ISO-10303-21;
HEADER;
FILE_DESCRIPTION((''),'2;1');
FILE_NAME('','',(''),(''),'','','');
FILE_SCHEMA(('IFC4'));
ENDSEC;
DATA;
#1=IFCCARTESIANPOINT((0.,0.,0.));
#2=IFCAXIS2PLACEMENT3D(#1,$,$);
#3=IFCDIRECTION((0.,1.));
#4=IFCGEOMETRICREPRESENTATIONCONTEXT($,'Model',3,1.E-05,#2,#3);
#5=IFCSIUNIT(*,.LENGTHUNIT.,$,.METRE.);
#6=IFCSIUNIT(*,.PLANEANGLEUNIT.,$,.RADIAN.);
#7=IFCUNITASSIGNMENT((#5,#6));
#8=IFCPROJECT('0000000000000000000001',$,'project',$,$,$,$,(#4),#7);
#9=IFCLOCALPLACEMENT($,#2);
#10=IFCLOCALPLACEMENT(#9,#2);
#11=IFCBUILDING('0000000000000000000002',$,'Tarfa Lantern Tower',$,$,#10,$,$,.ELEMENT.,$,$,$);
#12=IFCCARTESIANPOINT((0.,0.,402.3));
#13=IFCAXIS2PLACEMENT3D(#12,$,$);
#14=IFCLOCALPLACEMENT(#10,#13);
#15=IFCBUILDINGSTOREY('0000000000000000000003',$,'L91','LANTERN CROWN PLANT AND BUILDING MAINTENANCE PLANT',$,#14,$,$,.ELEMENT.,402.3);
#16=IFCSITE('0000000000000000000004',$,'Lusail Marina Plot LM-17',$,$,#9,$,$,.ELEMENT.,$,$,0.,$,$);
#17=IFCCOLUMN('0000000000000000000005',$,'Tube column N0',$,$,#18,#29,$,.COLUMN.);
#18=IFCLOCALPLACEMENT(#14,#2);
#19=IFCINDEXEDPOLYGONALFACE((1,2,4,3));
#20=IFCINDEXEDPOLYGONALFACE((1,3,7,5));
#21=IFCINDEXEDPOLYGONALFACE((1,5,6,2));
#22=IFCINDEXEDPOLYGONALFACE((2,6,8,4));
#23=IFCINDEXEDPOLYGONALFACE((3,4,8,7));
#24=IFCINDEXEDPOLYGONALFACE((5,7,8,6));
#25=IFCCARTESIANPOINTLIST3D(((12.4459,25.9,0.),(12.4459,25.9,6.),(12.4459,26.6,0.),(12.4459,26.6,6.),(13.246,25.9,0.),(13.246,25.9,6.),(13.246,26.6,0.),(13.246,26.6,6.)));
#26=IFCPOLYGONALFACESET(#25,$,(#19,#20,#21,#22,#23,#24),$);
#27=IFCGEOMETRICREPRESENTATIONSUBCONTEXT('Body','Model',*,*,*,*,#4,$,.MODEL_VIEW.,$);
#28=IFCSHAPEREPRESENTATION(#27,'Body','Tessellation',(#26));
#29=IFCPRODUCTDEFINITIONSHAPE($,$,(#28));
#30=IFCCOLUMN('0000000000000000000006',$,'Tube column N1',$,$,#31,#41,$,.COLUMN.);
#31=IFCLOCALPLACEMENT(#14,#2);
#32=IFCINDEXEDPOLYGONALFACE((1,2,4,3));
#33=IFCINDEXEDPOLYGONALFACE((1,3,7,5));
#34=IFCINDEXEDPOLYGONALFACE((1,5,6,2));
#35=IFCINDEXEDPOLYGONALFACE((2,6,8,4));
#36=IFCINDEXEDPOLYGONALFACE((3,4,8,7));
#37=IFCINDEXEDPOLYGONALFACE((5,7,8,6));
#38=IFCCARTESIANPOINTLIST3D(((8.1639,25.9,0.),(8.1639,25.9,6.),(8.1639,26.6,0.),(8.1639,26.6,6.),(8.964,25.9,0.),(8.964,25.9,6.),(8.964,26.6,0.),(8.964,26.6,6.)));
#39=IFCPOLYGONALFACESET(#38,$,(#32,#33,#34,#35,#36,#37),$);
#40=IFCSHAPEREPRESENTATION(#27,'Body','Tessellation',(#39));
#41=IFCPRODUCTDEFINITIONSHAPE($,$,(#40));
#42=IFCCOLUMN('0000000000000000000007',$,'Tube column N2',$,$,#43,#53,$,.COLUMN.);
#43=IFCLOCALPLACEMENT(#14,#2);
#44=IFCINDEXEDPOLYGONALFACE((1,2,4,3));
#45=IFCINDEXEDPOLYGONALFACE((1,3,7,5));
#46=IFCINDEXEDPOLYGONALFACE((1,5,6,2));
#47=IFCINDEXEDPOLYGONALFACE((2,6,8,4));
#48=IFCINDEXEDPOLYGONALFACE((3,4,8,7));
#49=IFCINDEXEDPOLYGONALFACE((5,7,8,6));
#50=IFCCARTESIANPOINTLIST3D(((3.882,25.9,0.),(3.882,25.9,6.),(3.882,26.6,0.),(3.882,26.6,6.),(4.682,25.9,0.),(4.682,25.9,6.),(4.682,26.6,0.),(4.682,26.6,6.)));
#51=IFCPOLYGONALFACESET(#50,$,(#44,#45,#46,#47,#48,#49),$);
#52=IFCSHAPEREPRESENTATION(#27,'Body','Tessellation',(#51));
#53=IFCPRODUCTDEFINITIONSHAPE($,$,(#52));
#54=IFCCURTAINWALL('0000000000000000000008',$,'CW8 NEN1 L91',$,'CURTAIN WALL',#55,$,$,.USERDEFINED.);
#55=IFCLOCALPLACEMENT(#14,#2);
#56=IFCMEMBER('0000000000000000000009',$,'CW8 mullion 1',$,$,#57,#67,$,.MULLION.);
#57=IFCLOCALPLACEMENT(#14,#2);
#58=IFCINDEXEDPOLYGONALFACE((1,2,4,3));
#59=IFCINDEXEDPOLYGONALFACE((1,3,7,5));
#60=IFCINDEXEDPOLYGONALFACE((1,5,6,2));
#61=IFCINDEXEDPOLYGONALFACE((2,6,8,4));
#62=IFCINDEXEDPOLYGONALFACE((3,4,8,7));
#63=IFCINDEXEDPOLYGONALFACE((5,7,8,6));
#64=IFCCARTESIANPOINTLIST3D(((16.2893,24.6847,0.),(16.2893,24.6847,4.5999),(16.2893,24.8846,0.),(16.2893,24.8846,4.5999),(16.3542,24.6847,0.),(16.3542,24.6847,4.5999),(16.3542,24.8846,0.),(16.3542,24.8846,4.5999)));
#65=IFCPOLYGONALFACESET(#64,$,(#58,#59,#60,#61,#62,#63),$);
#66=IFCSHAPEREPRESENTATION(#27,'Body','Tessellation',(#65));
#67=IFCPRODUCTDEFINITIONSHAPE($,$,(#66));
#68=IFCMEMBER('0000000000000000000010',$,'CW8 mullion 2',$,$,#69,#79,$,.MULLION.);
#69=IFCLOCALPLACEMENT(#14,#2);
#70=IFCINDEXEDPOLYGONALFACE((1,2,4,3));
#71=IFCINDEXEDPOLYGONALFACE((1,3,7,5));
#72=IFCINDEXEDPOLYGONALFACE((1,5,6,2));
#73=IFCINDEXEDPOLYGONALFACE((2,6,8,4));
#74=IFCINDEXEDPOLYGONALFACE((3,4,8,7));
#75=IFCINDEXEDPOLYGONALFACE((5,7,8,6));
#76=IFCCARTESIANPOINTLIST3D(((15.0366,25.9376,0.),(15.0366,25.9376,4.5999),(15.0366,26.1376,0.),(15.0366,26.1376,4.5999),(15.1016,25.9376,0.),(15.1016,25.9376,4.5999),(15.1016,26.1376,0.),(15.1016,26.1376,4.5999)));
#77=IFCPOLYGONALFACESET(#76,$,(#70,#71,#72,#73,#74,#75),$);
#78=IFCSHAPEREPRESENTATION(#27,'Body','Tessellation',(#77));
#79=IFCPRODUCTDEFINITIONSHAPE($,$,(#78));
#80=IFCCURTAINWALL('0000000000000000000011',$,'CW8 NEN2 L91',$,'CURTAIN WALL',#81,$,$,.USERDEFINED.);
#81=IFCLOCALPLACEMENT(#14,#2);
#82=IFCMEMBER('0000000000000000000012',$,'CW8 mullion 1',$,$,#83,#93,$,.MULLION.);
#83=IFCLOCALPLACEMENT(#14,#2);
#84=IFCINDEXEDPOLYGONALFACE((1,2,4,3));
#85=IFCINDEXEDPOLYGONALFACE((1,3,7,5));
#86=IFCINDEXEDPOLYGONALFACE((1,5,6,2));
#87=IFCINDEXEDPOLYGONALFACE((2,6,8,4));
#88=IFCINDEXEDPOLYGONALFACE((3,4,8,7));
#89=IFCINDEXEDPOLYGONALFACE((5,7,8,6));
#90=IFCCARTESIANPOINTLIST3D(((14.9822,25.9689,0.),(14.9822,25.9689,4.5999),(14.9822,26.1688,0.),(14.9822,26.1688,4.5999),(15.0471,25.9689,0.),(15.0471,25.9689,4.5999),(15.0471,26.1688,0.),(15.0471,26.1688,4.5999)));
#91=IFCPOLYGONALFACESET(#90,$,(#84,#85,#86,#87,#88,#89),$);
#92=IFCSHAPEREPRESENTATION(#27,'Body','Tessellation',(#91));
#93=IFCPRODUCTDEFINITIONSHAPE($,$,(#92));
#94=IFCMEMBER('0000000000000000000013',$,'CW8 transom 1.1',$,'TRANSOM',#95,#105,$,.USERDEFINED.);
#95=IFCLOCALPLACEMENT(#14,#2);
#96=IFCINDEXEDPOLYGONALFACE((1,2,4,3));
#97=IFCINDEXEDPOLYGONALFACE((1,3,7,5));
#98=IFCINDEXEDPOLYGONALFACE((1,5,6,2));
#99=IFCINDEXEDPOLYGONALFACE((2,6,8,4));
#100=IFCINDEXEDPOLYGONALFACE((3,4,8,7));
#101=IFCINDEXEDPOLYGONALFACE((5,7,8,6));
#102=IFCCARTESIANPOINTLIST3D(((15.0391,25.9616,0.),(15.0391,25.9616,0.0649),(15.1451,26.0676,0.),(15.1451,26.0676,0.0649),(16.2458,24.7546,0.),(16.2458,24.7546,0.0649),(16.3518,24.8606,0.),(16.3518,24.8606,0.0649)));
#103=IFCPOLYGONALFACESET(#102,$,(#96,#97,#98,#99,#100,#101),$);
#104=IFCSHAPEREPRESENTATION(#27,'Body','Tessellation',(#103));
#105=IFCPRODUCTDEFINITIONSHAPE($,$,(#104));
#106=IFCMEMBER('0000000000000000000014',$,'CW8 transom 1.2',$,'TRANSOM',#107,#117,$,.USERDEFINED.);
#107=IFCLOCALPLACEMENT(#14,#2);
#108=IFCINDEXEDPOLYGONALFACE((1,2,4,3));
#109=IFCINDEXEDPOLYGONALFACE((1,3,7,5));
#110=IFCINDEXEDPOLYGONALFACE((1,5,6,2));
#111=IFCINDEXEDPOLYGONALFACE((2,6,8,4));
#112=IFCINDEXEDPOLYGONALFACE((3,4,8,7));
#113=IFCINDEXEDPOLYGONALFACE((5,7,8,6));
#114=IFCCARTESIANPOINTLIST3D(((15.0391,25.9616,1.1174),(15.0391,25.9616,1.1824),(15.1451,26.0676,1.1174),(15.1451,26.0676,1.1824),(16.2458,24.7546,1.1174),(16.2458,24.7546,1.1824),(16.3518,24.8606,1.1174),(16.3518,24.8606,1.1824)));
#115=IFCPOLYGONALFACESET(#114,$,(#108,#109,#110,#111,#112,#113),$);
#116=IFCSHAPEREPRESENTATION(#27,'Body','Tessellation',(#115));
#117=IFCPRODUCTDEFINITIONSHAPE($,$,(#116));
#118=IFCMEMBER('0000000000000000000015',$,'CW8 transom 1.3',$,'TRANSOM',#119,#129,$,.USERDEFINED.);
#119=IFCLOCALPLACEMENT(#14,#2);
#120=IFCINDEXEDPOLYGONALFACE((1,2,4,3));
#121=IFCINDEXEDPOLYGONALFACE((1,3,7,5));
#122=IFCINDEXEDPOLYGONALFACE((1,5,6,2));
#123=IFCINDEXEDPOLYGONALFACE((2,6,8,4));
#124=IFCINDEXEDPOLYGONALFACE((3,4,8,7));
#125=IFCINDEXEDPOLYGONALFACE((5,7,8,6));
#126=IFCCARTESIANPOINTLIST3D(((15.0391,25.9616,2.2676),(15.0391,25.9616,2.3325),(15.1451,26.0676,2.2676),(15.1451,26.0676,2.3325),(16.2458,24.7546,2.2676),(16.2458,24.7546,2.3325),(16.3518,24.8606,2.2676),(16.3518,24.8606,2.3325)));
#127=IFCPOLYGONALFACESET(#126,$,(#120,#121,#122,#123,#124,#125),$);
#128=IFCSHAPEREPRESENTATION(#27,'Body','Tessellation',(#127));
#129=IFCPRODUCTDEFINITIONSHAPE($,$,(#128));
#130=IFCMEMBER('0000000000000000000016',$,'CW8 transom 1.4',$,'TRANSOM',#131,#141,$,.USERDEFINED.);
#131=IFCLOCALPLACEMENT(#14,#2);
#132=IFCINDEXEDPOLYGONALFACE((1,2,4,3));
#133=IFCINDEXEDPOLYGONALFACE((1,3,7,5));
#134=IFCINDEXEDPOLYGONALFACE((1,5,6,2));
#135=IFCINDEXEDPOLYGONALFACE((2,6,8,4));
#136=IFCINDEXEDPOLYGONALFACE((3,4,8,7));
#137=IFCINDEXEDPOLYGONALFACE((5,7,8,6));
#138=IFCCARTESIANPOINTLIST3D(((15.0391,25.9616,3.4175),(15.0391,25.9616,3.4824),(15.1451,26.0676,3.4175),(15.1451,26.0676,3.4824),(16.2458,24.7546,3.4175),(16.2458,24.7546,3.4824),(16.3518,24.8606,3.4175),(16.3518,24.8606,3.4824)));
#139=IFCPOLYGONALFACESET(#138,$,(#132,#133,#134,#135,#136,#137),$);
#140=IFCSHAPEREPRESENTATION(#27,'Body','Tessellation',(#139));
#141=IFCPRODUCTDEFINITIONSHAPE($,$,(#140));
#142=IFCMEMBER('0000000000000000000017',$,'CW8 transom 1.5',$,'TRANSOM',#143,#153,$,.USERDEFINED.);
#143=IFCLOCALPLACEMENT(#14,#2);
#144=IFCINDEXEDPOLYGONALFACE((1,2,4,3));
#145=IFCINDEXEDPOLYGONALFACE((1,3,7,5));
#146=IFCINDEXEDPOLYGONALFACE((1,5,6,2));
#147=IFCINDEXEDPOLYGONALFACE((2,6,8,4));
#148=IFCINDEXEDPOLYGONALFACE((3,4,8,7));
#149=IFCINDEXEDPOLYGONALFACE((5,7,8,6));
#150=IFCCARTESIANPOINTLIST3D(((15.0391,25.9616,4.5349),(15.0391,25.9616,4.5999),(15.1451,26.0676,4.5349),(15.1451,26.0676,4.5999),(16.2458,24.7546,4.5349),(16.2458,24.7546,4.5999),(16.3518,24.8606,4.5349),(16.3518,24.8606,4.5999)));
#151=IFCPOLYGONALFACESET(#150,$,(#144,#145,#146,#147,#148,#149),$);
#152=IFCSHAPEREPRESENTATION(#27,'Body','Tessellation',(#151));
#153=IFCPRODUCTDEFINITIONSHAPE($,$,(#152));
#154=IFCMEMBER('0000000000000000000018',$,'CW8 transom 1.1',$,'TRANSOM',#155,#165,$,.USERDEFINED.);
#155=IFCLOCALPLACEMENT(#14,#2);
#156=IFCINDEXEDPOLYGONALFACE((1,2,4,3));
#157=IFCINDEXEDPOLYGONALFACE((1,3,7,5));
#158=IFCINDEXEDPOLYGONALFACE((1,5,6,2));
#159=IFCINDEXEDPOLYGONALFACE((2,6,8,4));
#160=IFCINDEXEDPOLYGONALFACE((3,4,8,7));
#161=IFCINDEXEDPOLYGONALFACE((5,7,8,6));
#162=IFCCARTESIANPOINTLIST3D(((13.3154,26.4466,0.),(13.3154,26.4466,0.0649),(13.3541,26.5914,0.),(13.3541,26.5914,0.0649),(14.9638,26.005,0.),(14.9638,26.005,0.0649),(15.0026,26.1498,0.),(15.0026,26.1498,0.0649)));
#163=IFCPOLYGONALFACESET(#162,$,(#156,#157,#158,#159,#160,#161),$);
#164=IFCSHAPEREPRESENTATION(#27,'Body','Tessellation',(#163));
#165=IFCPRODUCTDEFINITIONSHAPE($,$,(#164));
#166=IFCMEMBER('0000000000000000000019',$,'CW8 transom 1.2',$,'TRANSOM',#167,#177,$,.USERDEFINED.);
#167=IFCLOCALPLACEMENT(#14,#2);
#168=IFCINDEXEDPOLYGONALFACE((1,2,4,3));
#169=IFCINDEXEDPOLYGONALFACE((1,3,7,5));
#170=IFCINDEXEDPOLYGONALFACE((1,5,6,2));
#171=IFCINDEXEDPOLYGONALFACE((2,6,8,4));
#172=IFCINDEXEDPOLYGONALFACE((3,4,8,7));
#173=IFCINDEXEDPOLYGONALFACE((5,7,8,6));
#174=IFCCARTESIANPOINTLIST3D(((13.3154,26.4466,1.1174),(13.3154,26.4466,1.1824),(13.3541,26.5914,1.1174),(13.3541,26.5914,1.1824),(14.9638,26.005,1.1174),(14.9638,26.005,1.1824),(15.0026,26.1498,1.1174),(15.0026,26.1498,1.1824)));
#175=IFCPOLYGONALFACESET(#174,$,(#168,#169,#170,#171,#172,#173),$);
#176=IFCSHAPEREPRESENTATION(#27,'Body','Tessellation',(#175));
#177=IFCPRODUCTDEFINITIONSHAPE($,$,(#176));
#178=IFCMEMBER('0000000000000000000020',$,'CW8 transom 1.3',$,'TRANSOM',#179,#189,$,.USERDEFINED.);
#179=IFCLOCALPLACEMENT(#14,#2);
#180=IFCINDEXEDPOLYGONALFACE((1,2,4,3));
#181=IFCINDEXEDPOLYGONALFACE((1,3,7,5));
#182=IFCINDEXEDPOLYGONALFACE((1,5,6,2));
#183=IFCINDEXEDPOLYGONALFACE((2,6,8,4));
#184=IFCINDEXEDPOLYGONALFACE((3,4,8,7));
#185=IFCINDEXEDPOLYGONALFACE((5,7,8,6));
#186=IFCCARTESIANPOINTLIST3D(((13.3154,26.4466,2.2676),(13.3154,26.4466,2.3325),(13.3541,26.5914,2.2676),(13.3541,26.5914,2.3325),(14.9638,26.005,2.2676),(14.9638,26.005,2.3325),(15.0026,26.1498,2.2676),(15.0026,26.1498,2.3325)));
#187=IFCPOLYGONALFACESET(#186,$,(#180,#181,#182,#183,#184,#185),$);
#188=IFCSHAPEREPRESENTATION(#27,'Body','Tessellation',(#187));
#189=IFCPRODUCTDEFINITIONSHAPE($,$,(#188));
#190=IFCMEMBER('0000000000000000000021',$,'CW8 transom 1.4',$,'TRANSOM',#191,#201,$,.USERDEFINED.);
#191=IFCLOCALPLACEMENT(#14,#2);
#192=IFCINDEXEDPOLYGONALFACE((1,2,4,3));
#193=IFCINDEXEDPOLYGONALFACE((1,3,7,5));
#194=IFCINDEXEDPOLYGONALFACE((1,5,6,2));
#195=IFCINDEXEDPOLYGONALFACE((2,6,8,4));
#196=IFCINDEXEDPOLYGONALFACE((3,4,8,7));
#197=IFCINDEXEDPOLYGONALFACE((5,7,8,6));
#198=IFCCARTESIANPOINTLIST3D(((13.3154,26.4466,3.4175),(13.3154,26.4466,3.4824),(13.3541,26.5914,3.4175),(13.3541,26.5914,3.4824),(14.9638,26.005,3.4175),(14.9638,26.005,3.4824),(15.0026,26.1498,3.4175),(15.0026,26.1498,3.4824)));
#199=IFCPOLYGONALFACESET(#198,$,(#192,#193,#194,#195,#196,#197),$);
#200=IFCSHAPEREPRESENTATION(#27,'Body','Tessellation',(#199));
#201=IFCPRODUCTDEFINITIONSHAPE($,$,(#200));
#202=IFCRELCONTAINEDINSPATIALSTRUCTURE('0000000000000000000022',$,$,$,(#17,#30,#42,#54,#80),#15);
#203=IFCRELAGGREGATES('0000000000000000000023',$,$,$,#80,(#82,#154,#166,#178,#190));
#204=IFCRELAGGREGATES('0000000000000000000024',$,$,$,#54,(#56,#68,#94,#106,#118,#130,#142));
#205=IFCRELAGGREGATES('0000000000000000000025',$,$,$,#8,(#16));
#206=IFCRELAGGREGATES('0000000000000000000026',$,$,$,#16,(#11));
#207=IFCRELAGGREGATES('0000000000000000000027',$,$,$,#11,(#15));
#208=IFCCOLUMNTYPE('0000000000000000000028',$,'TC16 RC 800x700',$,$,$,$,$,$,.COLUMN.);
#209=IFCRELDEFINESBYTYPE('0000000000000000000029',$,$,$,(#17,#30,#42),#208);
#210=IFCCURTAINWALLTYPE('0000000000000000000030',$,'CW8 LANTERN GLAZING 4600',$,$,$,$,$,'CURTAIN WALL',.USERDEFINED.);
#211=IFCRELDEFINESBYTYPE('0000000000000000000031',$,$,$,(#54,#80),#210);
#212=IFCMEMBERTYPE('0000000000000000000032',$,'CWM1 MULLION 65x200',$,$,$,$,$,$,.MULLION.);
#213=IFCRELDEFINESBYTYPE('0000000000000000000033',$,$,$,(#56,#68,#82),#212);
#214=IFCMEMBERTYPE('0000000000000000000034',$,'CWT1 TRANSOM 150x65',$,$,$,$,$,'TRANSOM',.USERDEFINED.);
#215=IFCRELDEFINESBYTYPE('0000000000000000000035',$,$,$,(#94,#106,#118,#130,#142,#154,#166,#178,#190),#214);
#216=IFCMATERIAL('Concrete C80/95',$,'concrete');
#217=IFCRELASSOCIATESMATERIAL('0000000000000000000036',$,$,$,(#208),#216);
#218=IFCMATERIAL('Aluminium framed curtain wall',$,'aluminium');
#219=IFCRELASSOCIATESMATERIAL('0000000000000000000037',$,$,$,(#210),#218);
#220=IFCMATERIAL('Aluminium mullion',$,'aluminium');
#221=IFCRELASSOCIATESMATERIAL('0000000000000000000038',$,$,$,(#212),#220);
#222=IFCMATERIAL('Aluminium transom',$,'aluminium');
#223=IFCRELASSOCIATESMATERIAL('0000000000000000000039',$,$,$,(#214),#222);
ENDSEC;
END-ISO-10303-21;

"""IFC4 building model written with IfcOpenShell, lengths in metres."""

from ifc_helpers import new_model, si_unit, direction, frame, origin, origin_2d, place, context, subcontext, project, spatial, rectangle, extrude, material, material_profile, profile_set, type_object, element, aggregate, save


model = new_model("IFC4")

# Units and contexts
model_context = context("Model", 3, precision=1e-05, world=origin(), true_north=direction((0.0, 1.0)))
body_context = subcontext(model_context, "Body", "Model", "MODEL_VIEW")
ifc_project = project(units=[si_unit("LENGTHUNIT", "METRE"), si_unit("PLANEANGLEUNIT", "RADIAN")], contexts=[model_context])

# Site, building, storey
site_placement = place(None, origin())
site = spatial("IfcSite", under=ifc_project, at=site_placement, Name="Lusail Marina Plot LM-17", CompositionType="ELEMENT", RefElevation=0.0)
building_placement = place(site_placement, origin())
building = spatial("IfcBuilding", under=site, at=building_placement, Name="Tarfa Lantern Tower", CompositionType="ELEMENT")
storey_placement = place(building_placement, frame((0.0, 0.0, 402.3)))
storey = spatial("IfcBuildingStorey", under=building, at=storey_placement, Name="L91", Description="LANTERN CROWN PLANT AND BUILDING MAINTENANCE PLANT", CompositionType="ELEMENT", Elevation=402.3)

# Columns
ifc_material_1 = material(Name="Concrete C80/95", Category="concrete")
ifc_material_profile_1 = material_profile(ifc_material_1, rectangle(XDim=0.8, YDim=0.7, at=origin_2d()), Name="RC 800x700")
ifc_profile_set_1 = profile_set([ifc_material_profile_1], Name="Concrete C80/95")
column_type = type_object("IfcColumnType", Name="TC16 RC 800x700", PredefinedType="COLUMN", material=ifc_profile_set_1)
for number, where, z_axis, x_axis, name in (
    (1, (12.8459, 26.25, 0.0), (0.0, 0.0, 1.0), (-1.0, 0.0, 0.0), "Tube column N0"),
    (2, (8.564, 26.25, 0.0), (0.0, 0.0, 1.0), (-1.0, 0.0, 0.0), "Tube column N1"),
    (3, (4.282, 26.25, 0.0), (0.0, 0.0, 1.0), (-1.0, 0.0, 0.0), "Tube column N2"),
):
    element("IfcColumn", number, at=place(storey_placement, frame(where, z_axis=z_axis, x_axis=x_axis)), inside=storey, type_object=column_type, Name=name, PredefinedType="COLUMN", context=body_context, shape_type="SweptSolid", body=[
        extrude(rectangle(XDim=0.8, YDim=0.7, at=origin_2d()), origin(), (0.0, 0.0, 1.0), 6.0),
    ])

# Curtain wall, members
ifc_material_2 = material(Name="Aluminium framed curtain wall", Category="aluminium")
curtain_wall_type_1 = type_object("IfcCurtainWallType", Name="CW8 LANTERN GLAZING 4600", ElementType="CURTAIN WALL", PredefinedType="USERDEFINED", material=ifc_material_2)
curtain_wall_1_placement = place(storey_placement, origin())
curtain_wall_1 = element("IfcCurtainWall", 4, at=curtain_wall_1_placement, inside=storey, type_object=curtain_wall_type_1, Name="CW8 NEN1 L91", ObjectType="CURTAIN WALL", PredefinedType="USERDEFINED")
ifc_material_3 = material(Name="Aluminium mullion", Category="aluminium")
ifc_material_profile_2 = material_profile(ifc_material_3, rectangle(XDim=0.0649, YDim=0.2, at=origin_2d()), Name="AL MULLION 65x200")
ifc_profile_set_2 = profile_set([ifc_material_profile_2], Name="Aluminium mullion")
member_type_1 = type_object("IfcMemberType", Name="CWM1 MULLION 65x200", PredefinedType="MULLION", material=ifc_profile_set_2)
member_1_placement = place(storey_placement, frame((16.3218, 24.7847, 0.0), z_axis=(0.0, 0.0, 1.0), x_axis=(1.0, 0.0, 0.0)))
member_1 = element("IfcMember", 5, at=member_1_placement, type_object=member_type_1, Name="CW8 mullion 1", PredefinedType="MULLION", context=body_context, shape_type="SweptSolid", body=[
    extrude(rectangle(XDim=0.0649, YDim=0.2, at=origin_2d()), origin(), (0.0, 0.0, 1.0), 4.5999),
])
member_2_placement = place(storey_placement, frame((15.0691, 26.0376, 0.0), z_axis=(0.0, 0.0, 1.0), x_axis=(1.0, 0.0, 0.0)))
member_2 = element("IfcMember", 6, at=member_2_placement, type_object=member_type_1, Name="CW8 mullion 2", PredefinedType="MULLION", context=body_context, shape_type="SweptSolid", body=[
    extrude(rectangle(XDim=0.0649, YDim=0.2, at=origin_2d()), origin(), (0.0, 0.0, 1.0), 4.5999),
])

# Curtain wall, member
curtain_wall_2_placement = place(storey_placement, origin())
curtain_wall_2 = element("IfcCurtainWall", 7, at=curtain_wall_2_placement, inside=storey, type_object=curtain_wall_type_1, Name="CW8 NEN2 L91", ObjectType="CURTAIN WALL", PredefinedType="USERDEFINED")
member_3_placement = place(storey_placement, frame((15.0146, 26.0688, 0.0), z_axis=(0.0, 0.0, 1.0), x_axis=(1.0, 0.0, 0.0)))
member_3 = element("IfcMember", 8, at=member_3_placement, type_object=member_type_1, Name="CW8 mullion 1", PredefinedType="MULLION", context=body_context, shape_type="SweptSolid", body=[
    extrude(rectangle(XDim=0.0649, YDim=0.2, at=origin_2d()), origin(), (0.0, 0.0, 1.0), 4.5999),
])

# Members
ifc_material_4 = material(Name="Aluminium transom", Category="aluminium")
ifc_material_profile_3 = material_profile(ifc_material_4, rectangle(XDim=0.1499, YDim=0.0649, at=origin_2d()), Name="AL TRANSOM 150x65")
ifc_profile_set_3 = profile_set([ifc_material_profile_3], Name="Aluminium transom")
member_type_2 = type_object("IfcMemberType", Name="CWT1 TRANSOM 150x65", ElementType="TRANSOM", PredefinedType="USERDEFINED", material=ifc_profile_set_3)
member_4_placement = place(storey_placement, frame((16.2988, 24.8076, 0.0325), z_axis=(-0.707035, 0.707178, 0.0), x_axis=(-0.707178, -0.707035, 0.0)))
member_4 = element("IfcMember", 9, at=member_4_placement, type_object=member_type_2, Name="CW8 transom 1.1", ObjectType="TRANSOM", PredefinedType="USERDEFINED", context=body_context, shape_type="SweptSolid", body=[
    extrude(rectangle(XDim=0.1499, YDim=0.0649, at=origin_2d()), origin(), (0.0, 0.0, 1.0), 1.7068),
])
member_5_placement = place(storey_placement, frame((16.2988, 24.8076, 1.1499), z_axis=(-0.707035, 0.707178, 0.0), x_axis=(-0.707178, -0.707035, 0.0)))
member_5 = element("IfcMember", 10, at=member_5_placement, type_object=member_type_2, Name="CW8 transom 1.2", ObjectType="TRANSOM", PredefinedType="USERDEFINED", context=body_context, shape_type="SweptSolid", body=[
    extrude(rectangle(XDim=0.1499, YDim=0.0649, at=origin_2d()), origin(), (0.0, 0.0, 1.0), 1.7068),
])
member_6_placement = place(storey_placement, frame((16.2988, 24.8076, 2.3), z_axis=(-0.707035, 0.707178, 0.0), x_axis=(-0.707178, -0.707035, 0.0)))
member_6 = element("IfcMember", 11, at=member_6_placement, type_object=member_type_2, Name="CW8 transom 1.3", ObjectType="TRANSOM", PredefinedType="USERDEFINED", context=body_context, shape_type="SweptSolid", body=[
    extrude(rectangle(XDim=0.1499, YDim=0.0649, at=origin_2d()), origin(), (0.0, 0.0, 1.0), 1.7068),
])
member_7_placement = place(storey_placement, frame((16.2988, 24.8076, 3.45), z_axis=(-0.707035, 0.707178, 0.0), x_axis=(-0.707178, -0.707035, 0.0)))
member_7 = element("IfcMember", 12, at=member_7_placement, type_object=member_type_2, Name="CW8 transom 1.4", ObjectType="TRANSOM", PredefinedType="USERDEFINED", context=body_context, shape_type="SweptSolid", body=[
    extrude(rectangle(XDim=0.1499, YDim=0.0649, at=origin_2d()), origin(), (0.0, 0.0, 1.0), 1.7068),
])
member_8_placement = place(storey_placement, frame((16.2988, 24.8076, 4.5674), z_axis=(-0.707035, 0.707178, 0.0), x_axis=(-0.707178, -0.707035, 0.0)))
member_8 = element("IfcMember", 13, at=member_8_placement, type_object=member_type_2, Name="CW8 transom 1.5", ObjectType="TRANSOM", PredefinedType="USERDEFINED", context=body_context, shape_type="SweptSolid", body=[
    extrude(rectangle(XDim=0.1499, YDim=0.0649, at=origin_2d()), origin(), (0.0, 0.0, 1.0), 1.7068),
])
member_9_placement = place(storey_placement, frame((14.9832, 26.0774, 0.0325), z_axis=(-0.965933, 0.258793, 0.0), x_axis=(-0.258793, -0.965933, 0.0)))
member_9 = element("IfcMember", 14, at=member_9_placement, type_object=member_type_2, Name="CW8 transom 1.1", ObjectType="TRANSOM", PredefinedType="USERDEFINED", context=body_context, shape_type="SweptSolid", body=[
    extrude(rectangle(XDim=0.1499, YDim=0.0649, at=origin_2d()), origin(), (0.0, 0.0, 1.0), 1.7065),
])
member_10_placement = place(storey_placement, frame((14.9832, 26.0774, 1.1499), z_axis=(-0.965933, 0.258793, 0.0), x_axis=(-0.258793, -0.965933, 0.0)))
member_10 = element("IfcMember", 15, at=member_10_placement, type_object=member_type_2, Name="CW8 transom 1.2", ObjectType="TRANSOM", PredefinedType="USERDEFINED", context=body_context, shape_type="SweptSolid", body=[
    extrude(rectangle(XDim=0.1499, YDim=0.0649, at=origin_2d()), origin(), (0.0, 0.0, 1.0), 1.7065),
])
member_11_placement = place(storey_placement, frame((14.9832, 26.0774, 2.3), z_axis=(-0.965933, 0.258793, 0.0), x_axis=(-0.258793, -0.965933, 0.0)))
member_11 = element("IfcMember", 16, at=member_11_placement, type_object=member_type_2, Name="CW8 transom 1.3", ObjectType="TRANSOM", PredefinedType="USERDEFINED", context=body_context, shape_type="SweptSolid", body=[
    extrude(rectangle(XDim=0.1499, YDim=0.0649, at=origin_2d()), origin(), (0.0, 0.0, 1.0), 1.7065),
])
member_12_placement = place(storey_placement, frame((14.9832, 26.0774, 3.45), z_axis=(-0.965933, 0.258793, 0.0), x_axis=(-0.258793, -0.965933, 0.0)))
member_12 = element("IfcMember", 17, at=member_12_placement, type_object=member_type_2, Name="CW8 transom 1.4", ObjectType="TRANSOM", PredefinedType="USERDEFINED", context=body_context, shape_type="SweptSolid", body=[
    extrude(rectangle(XDim=0.1499, YDim=0.0649, at=origin_2d()), origin(), (0.0, 0.0, 1.0), 1.7065),
])
aggregate(curtain_wall_2, [member_3, member_9, member_10, member_11, member_12])

aggregate(curtain_wall_1, [member_1, member_2, member_4, member_5, member_6, member_7, member_8])

save(model, "model.ifc")
